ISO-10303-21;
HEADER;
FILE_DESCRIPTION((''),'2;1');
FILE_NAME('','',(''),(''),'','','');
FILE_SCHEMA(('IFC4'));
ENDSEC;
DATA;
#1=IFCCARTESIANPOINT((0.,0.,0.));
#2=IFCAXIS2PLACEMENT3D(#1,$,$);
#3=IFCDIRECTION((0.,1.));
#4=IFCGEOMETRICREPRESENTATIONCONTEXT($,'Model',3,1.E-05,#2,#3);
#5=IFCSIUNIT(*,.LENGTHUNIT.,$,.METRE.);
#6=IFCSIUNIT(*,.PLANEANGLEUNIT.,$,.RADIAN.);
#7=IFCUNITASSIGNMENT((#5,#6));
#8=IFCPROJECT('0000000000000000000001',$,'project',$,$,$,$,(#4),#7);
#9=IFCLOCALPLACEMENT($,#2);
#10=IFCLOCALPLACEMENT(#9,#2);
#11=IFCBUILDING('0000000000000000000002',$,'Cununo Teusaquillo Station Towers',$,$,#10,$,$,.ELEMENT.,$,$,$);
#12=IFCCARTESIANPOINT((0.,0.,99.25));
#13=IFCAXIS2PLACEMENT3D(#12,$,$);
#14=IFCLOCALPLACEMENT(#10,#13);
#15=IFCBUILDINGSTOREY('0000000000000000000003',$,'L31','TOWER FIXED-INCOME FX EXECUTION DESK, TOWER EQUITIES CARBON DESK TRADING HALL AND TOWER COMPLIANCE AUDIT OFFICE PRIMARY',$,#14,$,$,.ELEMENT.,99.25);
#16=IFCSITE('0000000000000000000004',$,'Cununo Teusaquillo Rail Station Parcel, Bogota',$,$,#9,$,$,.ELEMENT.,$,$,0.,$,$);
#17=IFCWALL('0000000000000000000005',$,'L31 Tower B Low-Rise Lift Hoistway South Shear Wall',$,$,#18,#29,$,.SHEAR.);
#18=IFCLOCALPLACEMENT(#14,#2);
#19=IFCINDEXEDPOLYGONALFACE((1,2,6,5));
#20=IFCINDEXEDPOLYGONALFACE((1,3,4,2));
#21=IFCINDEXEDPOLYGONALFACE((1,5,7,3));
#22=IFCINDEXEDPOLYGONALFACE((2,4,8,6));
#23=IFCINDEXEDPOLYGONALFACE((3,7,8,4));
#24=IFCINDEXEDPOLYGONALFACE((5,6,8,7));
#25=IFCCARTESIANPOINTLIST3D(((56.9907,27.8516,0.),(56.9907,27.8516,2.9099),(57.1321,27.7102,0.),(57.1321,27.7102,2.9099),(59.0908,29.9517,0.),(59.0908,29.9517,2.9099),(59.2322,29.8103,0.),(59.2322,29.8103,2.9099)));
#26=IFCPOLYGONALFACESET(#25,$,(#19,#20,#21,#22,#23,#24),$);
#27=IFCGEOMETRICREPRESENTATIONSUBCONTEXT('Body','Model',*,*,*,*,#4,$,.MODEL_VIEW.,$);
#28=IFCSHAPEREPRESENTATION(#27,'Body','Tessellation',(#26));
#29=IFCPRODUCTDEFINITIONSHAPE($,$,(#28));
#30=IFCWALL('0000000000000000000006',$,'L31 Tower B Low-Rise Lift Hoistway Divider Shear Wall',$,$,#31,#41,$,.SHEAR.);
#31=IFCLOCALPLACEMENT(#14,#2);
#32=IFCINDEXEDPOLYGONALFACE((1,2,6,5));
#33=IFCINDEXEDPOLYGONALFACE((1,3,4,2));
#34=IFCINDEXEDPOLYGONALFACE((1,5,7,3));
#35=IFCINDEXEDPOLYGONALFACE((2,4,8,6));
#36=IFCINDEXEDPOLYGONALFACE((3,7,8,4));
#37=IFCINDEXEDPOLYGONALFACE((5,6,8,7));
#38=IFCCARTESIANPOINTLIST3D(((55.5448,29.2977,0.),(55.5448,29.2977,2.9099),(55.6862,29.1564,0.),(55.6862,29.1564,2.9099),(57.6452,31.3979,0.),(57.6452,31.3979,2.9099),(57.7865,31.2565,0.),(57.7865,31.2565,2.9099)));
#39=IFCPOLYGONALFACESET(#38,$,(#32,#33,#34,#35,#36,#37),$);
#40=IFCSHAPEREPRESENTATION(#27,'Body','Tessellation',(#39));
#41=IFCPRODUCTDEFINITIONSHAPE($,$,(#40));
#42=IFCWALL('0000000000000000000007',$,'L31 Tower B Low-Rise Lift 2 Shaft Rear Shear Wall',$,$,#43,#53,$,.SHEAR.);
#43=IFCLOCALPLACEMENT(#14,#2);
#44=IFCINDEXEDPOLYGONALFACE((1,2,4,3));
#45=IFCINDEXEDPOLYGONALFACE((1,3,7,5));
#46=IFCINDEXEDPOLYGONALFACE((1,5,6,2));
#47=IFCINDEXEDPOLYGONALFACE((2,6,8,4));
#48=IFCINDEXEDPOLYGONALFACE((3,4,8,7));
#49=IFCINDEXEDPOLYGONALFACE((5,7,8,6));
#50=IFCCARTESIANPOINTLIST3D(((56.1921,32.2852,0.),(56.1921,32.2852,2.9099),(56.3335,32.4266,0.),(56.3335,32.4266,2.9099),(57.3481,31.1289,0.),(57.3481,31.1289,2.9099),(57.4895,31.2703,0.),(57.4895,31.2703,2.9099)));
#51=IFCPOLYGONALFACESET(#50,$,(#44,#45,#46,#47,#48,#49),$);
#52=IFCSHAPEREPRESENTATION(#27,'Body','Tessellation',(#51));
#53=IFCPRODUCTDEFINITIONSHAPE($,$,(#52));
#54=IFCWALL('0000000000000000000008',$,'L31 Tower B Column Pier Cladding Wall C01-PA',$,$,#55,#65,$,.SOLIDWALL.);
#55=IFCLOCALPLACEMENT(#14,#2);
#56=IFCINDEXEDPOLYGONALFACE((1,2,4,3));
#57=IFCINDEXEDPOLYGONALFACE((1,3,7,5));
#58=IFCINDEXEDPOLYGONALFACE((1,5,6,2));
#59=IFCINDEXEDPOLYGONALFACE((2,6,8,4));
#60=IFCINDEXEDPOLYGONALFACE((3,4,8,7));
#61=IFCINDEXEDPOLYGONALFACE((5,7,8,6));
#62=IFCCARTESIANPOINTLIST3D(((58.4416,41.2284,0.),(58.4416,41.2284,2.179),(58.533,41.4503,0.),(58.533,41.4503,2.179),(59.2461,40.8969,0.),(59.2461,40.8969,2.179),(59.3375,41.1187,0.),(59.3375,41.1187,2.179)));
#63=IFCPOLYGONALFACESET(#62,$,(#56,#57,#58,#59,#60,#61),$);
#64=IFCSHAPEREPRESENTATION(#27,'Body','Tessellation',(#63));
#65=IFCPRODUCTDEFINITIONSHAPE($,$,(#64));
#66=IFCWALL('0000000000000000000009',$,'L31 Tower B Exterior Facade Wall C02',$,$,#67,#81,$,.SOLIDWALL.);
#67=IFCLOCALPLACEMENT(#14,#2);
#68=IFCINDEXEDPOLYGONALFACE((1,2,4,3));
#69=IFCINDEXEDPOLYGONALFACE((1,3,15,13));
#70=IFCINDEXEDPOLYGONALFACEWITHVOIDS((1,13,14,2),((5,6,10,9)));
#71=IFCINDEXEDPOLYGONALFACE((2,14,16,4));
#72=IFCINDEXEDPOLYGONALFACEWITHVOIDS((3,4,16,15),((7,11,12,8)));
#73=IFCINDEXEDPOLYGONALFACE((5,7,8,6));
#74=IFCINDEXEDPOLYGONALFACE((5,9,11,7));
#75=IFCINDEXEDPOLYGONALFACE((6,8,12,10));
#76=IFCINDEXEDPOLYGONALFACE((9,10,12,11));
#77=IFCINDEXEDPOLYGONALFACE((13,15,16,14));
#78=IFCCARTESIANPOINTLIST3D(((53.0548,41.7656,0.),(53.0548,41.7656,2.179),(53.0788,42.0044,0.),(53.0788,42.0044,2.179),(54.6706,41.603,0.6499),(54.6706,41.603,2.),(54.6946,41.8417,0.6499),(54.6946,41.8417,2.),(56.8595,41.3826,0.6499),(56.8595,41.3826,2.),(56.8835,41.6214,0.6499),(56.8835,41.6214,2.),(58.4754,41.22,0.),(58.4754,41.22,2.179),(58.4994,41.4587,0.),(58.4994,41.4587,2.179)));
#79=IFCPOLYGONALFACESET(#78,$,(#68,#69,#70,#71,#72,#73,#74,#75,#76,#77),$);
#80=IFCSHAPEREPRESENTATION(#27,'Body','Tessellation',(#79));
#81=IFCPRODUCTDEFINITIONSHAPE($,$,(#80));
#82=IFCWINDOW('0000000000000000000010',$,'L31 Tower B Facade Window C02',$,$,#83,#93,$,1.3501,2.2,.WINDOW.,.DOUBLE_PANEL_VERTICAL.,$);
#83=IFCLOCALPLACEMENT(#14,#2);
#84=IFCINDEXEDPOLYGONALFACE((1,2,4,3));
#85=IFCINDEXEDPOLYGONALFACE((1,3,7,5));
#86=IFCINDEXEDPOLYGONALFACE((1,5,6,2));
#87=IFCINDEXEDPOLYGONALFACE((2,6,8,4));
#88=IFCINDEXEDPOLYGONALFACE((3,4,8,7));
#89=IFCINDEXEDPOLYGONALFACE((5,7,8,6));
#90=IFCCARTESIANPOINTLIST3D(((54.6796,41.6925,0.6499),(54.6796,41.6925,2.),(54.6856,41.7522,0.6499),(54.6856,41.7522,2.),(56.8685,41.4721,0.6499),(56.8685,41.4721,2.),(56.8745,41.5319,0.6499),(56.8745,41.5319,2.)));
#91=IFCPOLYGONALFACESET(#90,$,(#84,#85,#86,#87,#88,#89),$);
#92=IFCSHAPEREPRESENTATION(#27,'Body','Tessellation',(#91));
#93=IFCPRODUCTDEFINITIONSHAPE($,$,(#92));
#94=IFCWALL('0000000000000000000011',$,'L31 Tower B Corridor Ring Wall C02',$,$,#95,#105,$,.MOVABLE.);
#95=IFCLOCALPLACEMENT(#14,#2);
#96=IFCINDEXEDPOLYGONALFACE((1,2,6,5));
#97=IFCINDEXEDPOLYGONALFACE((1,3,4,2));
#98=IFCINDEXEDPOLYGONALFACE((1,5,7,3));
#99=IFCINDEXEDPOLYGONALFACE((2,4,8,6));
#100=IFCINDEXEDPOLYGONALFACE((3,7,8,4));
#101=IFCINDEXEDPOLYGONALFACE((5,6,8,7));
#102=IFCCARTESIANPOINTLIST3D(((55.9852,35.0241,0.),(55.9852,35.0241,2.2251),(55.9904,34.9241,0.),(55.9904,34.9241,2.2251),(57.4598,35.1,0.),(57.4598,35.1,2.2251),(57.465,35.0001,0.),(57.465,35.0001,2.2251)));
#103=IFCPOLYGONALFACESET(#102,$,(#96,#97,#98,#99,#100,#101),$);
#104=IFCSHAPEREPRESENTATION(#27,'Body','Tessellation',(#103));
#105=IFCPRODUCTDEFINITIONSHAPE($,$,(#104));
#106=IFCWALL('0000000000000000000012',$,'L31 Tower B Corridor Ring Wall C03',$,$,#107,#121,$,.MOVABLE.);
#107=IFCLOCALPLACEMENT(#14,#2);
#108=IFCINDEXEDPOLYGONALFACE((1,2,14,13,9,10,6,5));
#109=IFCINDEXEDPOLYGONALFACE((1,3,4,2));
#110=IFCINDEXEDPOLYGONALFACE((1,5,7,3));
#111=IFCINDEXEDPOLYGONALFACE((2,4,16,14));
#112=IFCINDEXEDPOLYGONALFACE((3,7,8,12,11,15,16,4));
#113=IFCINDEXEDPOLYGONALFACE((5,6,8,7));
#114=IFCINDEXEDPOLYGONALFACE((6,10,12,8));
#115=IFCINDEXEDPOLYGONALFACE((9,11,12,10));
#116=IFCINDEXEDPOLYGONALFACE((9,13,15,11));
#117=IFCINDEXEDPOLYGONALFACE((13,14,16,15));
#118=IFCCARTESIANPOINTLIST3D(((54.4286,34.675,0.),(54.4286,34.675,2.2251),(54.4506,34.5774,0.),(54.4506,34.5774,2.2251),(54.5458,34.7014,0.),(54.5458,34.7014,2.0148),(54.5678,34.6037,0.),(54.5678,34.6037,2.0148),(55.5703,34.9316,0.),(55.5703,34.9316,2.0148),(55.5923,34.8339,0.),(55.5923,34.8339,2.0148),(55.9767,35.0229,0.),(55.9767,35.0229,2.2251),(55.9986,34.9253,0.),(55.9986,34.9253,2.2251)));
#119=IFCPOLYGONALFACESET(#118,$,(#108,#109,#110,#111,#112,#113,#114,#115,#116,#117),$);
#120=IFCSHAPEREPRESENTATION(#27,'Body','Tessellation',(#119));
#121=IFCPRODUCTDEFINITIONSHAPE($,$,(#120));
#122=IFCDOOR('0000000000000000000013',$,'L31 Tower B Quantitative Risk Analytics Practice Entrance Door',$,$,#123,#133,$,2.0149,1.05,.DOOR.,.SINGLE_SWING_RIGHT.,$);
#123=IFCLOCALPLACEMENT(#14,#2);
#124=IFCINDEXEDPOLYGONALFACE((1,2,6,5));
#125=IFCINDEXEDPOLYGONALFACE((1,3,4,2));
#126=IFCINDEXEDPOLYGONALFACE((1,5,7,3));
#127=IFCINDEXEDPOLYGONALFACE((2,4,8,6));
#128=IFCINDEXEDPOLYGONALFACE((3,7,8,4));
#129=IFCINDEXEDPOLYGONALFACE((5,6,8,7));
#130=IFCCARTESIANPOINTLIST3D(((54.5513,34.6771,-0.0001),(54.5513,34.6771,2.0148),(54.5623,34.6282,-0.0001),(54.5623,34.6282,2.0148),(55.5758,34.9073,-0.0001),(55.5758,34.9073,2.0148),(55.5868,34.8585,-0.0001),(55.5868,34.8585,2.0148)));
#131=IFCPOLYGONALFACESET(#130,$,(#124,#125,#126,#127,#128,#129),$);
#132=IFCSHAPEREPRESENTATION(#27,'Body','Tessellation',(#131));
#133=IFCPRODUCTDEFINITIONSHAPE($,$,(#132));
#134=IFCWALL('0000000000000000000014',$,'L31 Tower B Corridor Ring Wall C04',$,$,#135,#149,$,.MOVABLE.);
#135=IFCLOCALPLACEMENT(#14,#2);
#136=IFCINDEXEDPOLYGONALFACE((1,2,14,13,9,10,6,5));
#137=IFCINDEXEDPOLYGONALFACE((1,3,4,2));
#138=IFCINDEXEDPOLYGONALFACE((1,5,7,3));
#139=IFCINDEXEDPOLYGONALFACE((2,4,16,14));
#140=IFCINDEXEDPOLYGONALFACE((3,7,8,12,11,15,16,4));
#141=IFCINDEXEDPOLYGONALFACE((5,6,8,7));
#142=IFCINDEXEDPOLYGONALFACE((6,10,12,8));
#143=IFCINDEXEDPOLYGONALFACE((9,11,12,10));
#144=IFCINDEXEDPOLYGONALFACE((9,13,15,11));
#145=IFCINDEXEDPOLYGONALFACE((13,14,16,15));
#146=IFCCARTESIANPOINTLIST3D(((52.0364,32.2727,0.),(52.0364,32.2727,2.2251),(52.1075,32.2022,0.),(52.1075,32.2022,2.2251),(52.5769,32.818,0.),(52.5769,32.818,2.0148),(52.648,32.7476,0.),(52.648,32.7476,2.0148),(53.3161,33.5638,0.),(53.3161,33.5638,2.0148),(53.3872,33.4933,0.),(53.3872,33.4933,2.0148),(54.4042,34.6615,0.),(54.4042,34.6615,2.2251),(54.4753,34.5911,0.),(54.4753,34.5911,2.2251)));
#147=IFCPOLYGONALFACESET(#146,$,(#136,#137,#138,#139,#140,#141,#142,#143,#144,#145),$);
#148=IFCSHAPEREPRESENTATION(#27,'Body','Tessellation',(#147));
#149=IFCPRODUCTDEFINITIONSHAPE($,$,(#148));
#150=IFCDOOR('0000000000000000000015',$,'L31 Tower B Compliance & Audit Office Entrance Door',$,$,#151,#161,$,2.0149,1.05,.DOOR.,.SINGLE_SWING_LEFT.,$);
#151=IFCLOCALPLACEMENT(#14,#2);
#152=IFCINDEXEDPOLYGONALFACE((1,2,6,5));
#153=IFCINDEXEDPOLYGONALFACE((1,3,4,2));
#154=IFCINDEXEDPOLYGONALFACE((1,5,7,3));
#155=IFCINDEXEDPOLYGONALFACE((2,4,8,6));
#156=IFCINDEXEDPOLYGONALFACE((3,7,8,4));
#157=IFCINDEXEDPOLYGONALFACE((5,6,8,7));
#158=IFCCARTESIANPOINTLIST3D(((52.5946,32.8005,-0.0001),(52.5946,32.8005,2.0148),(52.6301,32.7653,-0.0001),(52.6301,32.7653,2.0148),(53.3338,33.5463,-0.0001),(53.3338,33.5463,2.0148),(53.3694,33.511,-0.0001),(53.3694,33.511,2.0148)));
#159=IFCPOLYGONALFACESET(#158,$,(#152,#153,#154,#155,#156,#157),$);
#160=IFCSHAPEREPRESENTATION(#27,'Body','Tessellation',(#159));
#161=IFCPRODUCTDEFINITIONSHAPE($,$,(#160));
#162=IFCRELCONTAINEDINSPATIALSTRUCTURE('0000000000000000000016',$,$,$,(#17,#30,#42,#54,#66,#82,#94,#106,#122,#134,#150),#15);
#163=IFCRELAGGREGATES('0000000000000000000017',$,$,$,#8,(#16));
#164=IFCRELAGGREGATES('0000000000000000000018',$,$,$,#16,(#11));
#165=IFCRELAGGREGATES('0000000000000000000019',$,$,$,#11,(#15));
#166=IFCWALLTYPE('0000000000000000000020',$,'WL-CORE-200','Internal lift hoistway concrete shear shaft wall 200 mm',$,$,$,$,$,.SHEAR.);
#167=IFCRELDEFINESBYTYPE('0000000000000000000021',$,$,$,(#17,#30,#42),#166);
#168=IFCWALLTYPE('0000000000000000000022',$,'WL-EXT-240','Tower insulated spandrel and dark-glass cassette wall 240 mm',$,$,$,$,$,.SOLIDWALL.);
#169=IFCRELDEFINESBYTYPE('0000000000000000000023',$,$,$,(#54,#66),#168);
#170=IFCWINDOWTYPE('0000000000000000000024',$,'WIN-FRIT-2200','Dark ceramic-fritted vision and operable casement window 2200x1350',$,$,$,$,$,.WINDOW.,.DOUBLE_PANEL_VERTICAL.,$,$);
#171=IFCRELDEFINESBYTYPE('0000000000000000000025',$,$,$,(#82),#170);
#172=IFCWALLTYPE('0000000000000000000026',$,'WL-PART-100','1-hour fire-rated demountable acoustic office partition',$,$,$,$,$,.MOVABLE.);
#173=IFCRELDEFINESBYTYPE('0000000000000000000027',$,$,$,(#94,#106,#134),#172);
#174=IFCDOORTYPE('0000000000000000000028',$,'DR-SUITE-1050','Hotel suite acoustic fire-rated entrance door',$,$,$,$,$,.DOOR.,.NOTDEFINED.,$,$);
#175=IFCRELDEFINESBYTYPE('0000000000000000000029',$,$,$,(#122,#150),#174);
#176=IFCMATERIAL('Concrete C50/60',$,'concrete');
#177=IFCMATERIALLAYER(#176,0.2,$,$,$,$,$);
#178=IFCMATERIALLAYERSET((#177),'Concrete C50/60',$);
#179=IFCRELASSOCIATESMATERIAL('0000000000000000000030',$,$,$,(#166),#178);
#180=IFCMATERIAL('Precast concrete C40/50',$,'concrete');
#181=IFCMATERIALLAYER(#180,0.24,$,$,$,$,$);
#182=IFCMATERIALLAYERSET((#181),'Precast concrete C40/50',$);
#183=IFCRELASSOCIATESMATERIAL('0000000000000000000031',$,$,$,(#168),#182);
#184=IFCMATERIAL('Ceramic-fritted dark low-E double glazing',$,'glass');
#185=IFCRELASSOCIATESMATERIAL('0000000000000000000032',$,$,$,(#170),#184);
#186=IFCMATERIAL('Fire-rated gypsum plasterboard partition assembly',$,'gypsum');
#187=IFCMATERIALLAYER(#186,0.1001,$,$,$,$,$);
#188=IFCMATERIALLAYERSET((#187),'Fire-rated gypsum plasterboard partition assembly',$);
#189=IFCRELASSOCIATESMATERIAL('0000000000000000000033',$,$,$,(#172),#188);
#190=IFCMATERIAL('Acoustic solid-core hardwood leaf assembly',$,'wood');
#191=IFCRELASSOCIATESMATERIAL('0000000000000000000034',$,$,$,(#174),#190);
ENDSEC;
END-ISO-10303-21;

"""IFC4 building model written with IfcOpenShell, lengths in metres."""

from ifc_helpers import new_model, si_unit, direction, frame, frame_2d, origin, place, context, subcontext, project, spatial, rectangle, extrude, source, transform, mapped, material, layer, layer_set, type_object, element, fill, save


model = new_model("IFC4")

# Units and contexts
model_context = context("Model", 3, precision=1e-05, world=origin(), true_north=direction((0.0, 1.0)))
body_context = subcontext(model_context, "Body", "Model", "MODEL_VIEW")
ifc_project = project(units=[si_unit("LENGTHUNIT", "METRE"), si_unit("PLANEANGLEUNIT", "RADIAN")], contexts=[model_context])

# Site, building, storey
site_placement = place(None, origin())
site = spatial("IfcSite", under=ifc_project, at=site_placement, Name="Cununo Teusaquillo Rail Station Parcel, Bogota", CompositionType="ELEMENT", RefElevation=0.0)
building_placement = place(site_placement, origin())
building = spatial("IfcBuilding", under=site, at=building_placement, Name="Cununo Teusaquillo Station Towers", CompositionType="ELEMENT")
storey_placement = place(building_placement, frame((0.0, 0.0, 99.25)))
storey = spatial("IfcBuildingStorey", under=building, at=storey_placement, Name="L31", Description="TOWER FIXED-INCOME FX EXECUTION DESK, TOWER EQUITIES CARBON DESK TRADING HALL AND TOWER COMPLIANCE AUDIT OFFICE PRIMARY", CompositionType="ELEMENT", Elevation=99.25)

# Walls
ifc_material_1 = material(Name="Concrete C50/60", Category="concrete")
ifc_layer_1 = layer(ifc_material_1, 0.2)
ifc_layer_set_1 = layer_set([ifc_layer_1], Name="Concrete C50/60")
wall_type_1 = type_object("IfcWallType", Name="WL-CORE-200", Description="Internal lift hoistway concrete shear shaft wall 200 mm", PredefinedType="SHEAR", material=ifc_layer_set_1)
wall_1_placement = place(storey_placement, frame((57.0615, 27.781, 0.0), z_axis=(0.0, 0.0, 1.0), x_axis=(0.707107, 0.707107, 0.0)))
element("IfcWall", 1, at=wall_1_placement, inside=storey, type_object=wall_type_1, Name="L31 Tower B Low-Rise Lift Hoistway South Shear Wall", PredefinedType="SHEAR", context=body_context, shape_type="SweptSolid", body=[
    extrude(rectangle(XDim=2.97, YDim=0.2, at=frame_2d((1.4849, 0.0))), origin(), (0.0, 0.0, 1.0), 2.9099),
])
wall_2_placement = place(storey_placement, frame((55.6155, 29.2271, 0.0), z_axis=(0.0, 0.0, 1.0), x_axis=(0.707148, 0.707066, 0.0)))
element("IfcWall", 2, at=wall_2_placement, inside=storey, type_object=wall_type_1, Name="L31 Tower B Low-Rise Lift Hoistway Divider Shear Wall", PredefinedType="SHEAR", context=body_context, shape_type="SweptSolid", body=[
    extrude(rectangle(XDim=2.9702, YDim=0.2, at=frame_2d((1.4851, 0.0))), origin(), (0.0, 0.0, 1.0), 2.9099),
])
wall_3_placement = place(storey_placement, frame((57.4187, 31.1997, 0.0), z_axis=(0.0, 0.0, 1.0), x_axis=(-0.707032, 0.707181, 0.0)))
element("IfcWall", 3, at=wall_3_placement, inside=storey, type_object=wall_type_1, Name="L31 Tower B Low-Rise Lift 2 Shaft Rear Shear Wall", PredefinedType="SHEAR", context=body_context, shape_type="SweptSolid", body=[
    extrude(rectangle(XDim=1.635, YDim=0.2, at=frame_2d((0.8174, 0.0))), origin(), (0.0, 0.0, 1.0), 2.9099),
])
ifc_material_2 = material(Name="Precast concrete C40/50", Category="concrete")
ifc_layer_2 = layer(ifc_material_2, 0.24)
ifc_layer_set_2 = layer_set([ifc_layer_2], Name="Precast concrete C40/50")
wall_type_2 = type_object("IfcWallType", Name="WL-EXT-240", Description="Tower insulated spandrel and dark-glass cassette wall 240 mm", PredefinedType="SOLIDWALL", material=ifc_layer_set_2)
wall_4_placement = place(storey_placement, frame((58.4873, 41.3394, 0.0), z_axis=(0.0, 0.0, 1.0), x_axis=(0.924556, -0.381046, 0.0)))
element("IfcWall", 4, at=wall_4_placement, inside=storey, type_object=wall_type_2, Name="L31 Tower B Column Pier Cladding Wall C01-PA", PredefinedType="SOLIDWALL", context=body_context, shape_type="SweptSolid", body=[
    extrude(rectangle(XDim=0.8701, YDim=0.24, at=frame_2d((0.4351, 0.0))), origin(), (0.0, 0.0, 1.0), 2.179),
])

# Wall, opening, window
wall_5_placement = place(storey_placement, frame((53.0667, 41.885, 0.0), z_axis=(0.0, 0.0, 1.0), x_axis=(0.994972, -0.100156, 0.0)))
wall_5 = element("IfcWall", 5, at=wall_5_placement, inside=storey, type_object=wall_type_2, Name="L31 Tower B Exterior Facade Wall C02", PredefinedType="SOLIDWALL", context=body_context, shape_type="SweptSolid", body=[
    extrude(rectangle(XDim=5.448, YDim=0.24, at=frame_2d((2.7241, 0.0))), origin(), (0.0, 0.0, 1.0), 2.179),
])
shared_shape_1 = source(origin(), body_context, "Body", "SweptSolid", [
    extrude(rectangle(XDim=2.2, YDim=1.3501, at=frame_2d((1.1001, 0.675))), frame((0.0, 0.1299, 0.0), z_axis=(0.0, -1.0, 0.0), x_axis=(1.0, 0.0, 0.0)), (0.0, 0.0, 1.0), 0.26),
])
opening_1_placement = place(wall_5_placement, frame((1.624, 0.0, 0.6499)))
opening_1 = element("IfcOpeningElement", 6, at=opening_1_placement, cuts=wall_5, PredefinedType="OPENING", context=body_context, shape_type="MappedRepresentation", body=[
    mapped(shared_shape_1, transform((0.0, 0.0, 0.0), x_axis=(1.0, 0.0, 0.0), y_axis=(0.0, 1.0, 0.0), z_axis=(0.0, 0.0, 1.0), scale=1.0)),
])
ifc_material_3 = material(Name="Ceramic-fritted dark low-E double glazing", Category="glass")
window_type = type_object("IfcWindowType", Name="WIN-FRIT-2200", Description="Dark ceramic-fritted vision and operable casement window 2200x1350", PartitioningType="DOUBLE_PANEL_VERTICAL", PredefinedType="WINDOW", material=ifc_material_3)
shared_shape_2 = source(origin(), body_context, "Body", "SweptSolid", [
    extrude(rectangle(XDim=2.2, YDim=1.3501, at=frame_2d((1.1001, 0.675))), frame((0.0, 0.03, 0.0), z_axis=(0.0, -1.0, 0.0), x_axis=(1.0, 0.0, 0.0)), (0.0, 0.0, 1.0), 0.0601),
])
window_placement = place(opening_1_placement, origin())
window = element("IfcWindow", 7, at=window_placement, inside=storey, type_object=window_type, Name="L31 Tower B Facade Window C02", OverallHeight=1.3501, OverallWidth=2.2, PartitioningType="DOUBLE_PANEL_VERTICAL", PredefinedType="WINDOW", context=body_context, shape_type="MappedRepresentation", body=[
    mapped(shared_shape_2, transform((0.0, 0.0, 0.0), x_axis=(1.0, 0.0, 0.0), y_axis=(0.0, 1.0, 0.0), z_axis=(0.0, 0.0, 1.0), scale=1.0)),
])
fill(opening_1, window)

# Wall
ifc_material_4 = material(Name="Fire-rated gypsum plasterboard partition assembly", Category="gypsum")
ifc_layer_3 = layer(ifc_material_4, 0.1001)
ifc_layer_set_3 = layer_set([ifc_layer_3], Name="Fire-rated gypsum plasterboard partition assembly")
wall_type_3 = type_object("IfcWallType", Name="WL-PART-100", Description="1-hour fire-rated demountable acoustic office partition", PredefinedType="MOVABLE", material=ifc_layer_set_3)
wall_6_placement = place(storey_placement, frame((57.4624, 35.05, 0.0), z_axis=(0.0, 0.0, 1.0), x_axis=(-0.998677, -0.051422, 0.0)))
element("IfcWall", 8, at=wall_6_placement, inside=storey, type_object=wall_type_3, Name="L31 Tower B Corridor Ring Wall C02", PredefinedType="MOVABLE", context=body_context, shape_type="SweptSolid", body=[
    extrude(rectangle(XDim=1.4766, YDim=0.1001, at=frame_2d((0.7383, 0.0))), origin(), (0.0, 0.0, 1.0), 2.2251),
])

# Walls, openings, doors
wall_7_placement = place(storey_placement, frame((55.9878, 34.9741, 0.0), z_axis=(0.0, 0.0, 1.0), x_axis=(-0.975667, -0.21926, 0.0)))
wall_7 = element("IfcWall", 9, at=wall_7_placement, inside=storey, type_object=wall_type_3, Name="L31 Tower B Corridor Ring Wall C03", PredefinedType="MOVABLE", context=body_context, shape_type="SweptSolid", body=[
    extrude(rectangle(XDim=1.5867, YDim=0.1001, at=frame_2d((0.7935, 0.0))), origin(), (0.0, 0.0, 1.0), 2.2251),
])
shared_shape_3 = source(origin(), body_context, "Body", "SweptSolid", [
    extrude(rectangle(XDim=1.05, YDim=2.0149, at=frame_2d((0.5249, 1.0073))), frame((0.0, 0.0601, 0.0), z_axis=(0.0, -1.0, 0.0), x_axis=(1.0, 0.0, 0.0)), (0.0, 0.0, 1.0), 0.1201),
])
opening_2_placement = place(wall_7_placement, frame((0.4167, 0.0, 0.0)))
opening_2 = element("IfcOpeningElement", 10, at=opening_2_placement, cuts=wall_7, PredefinedType="OPENING", context=body_context, shape_type="MappedRepresentation", body=[
    mapped(shared_shape_3, transform((0.0, 0.0, 0.0), x_axis=(1.0, 0.0, 0.0), y_axis=(0.0, 1.0, 0.0), z_axis=(0.0, 0.0, 1.0), scale=1.0)),
])
ifc_material_5 = material(Name="Acoustic solid-core hardwood leaf assembly", Category="wood")
door_type_1 = type_object("IfcDoorType", Name="DR-SUITE-1050", Description="Hotel suite acoustic fire-rated entrance door", OperationType="NOTDEFINED", PredefinedType="DOOR", material=ifc_material_5)
shared_shape_4 = source(origin(), body_context, "Body", "SweptSolid", [
    extrude(rectangle(XDim=1.05, YDim=2.0149, at=frame_2d((0.5249, 1.0073))), frame((0.0, 0.0249, 0.0), z_axis=(0.0, -1.0, 0.0), x_axis=(1.0, 0.0, 0.0)), (0.0, 0.0, 1.0), 0.05),
])
door_1_placement = place(opening_2_placement, origin())
door_1 = element("IfcDoor", 11, at=door_1_placement, inside=storey, type_object=door_type_1, Name="L31 Tower B Quantitative Risk Analytics Practice Entrance Door", OperationType="SINGLE_SWING_RIGHT", OverallHeight=2.0149, OverallWidth=1.05, PredefinedType="DOOR", context=body_context, shape_type="MappedRepresentation", body=[
    mapped(shared_shape_4, transform((0.0, 0.0, 0.0), x_axis=(1.0, 0.0, 0.0), y_axis=(0.0, 1.0, 0.0), z_axis=(0.0, 0.0, 1.0), scale=1.0)),
])
fill(opening_2, door_1)
wall_8_placement = place(storey_placement, frame((54.4397, 34.6262, 0.0), z_axis=(0.0, 0.0, 1.0), x_axis=(-0.703979, -0.710221, 0.0)))
wall_8 = element("IfcWall", 12, at=wall_8_placement, inside=storey, type_object=wall_type_3, Name="L31 Tower B Corridor Ring Wall C04", PredefinedType="MOVABLE", context=body_context, shape_type="SweptSolid", body=[
    extrude(rectangle(XDim=3.3635, YDim=0.1001, at=frame_2d((1.6816, 0.0))), origin(), (0.0, 0.0, 1.0), 2.2251),
])
opening_3_placement = place(wall_8_placement, frame((1.5457, 0.0, 0.0)))
opening_3 = element("IfcOpeningElement", 13, at=opening_3_placement, cuts=wall_8, PredefinedType="OPENING", context=body_context, shape_type="MappedRepresentation", body=[
    mapped(shared_shape_3, transform((0.0, 0.0, 0.0), x_axis=(1.0, 0.0, 0.0), y_axis=(0.0, 1.0, 0.0), z_axis=(0.0, 0.0, 1.0), scale=1.0)),
])
door_2_placement = place(opening_3_placement, origin())
door_2 = element("IfcDoor", 14, at=door_2_placement, inside=storey, type_object=door_type_1, Name="L31 Tower B Compliance & Audit Office Entrance Door", OperationType="SINGLE_SWING_LEFT", OverallHeight=2.0149, OverallWidth=1.05, PredefinedType="DOOR", context=body_context, shape_type="MappedRepresentation", body=[
    mapped(shared_shape_4, transform((0.0, 0.0, 0.0), x_axis=(1.0, 0.0, 0.0), y_axis=(0.0, 1.0, 0.0), z_axis=(0.0, 0.0, 1.0), scale=1.0)),
])
fill(opening_3, door_2)

save(model, "model.ifc")
